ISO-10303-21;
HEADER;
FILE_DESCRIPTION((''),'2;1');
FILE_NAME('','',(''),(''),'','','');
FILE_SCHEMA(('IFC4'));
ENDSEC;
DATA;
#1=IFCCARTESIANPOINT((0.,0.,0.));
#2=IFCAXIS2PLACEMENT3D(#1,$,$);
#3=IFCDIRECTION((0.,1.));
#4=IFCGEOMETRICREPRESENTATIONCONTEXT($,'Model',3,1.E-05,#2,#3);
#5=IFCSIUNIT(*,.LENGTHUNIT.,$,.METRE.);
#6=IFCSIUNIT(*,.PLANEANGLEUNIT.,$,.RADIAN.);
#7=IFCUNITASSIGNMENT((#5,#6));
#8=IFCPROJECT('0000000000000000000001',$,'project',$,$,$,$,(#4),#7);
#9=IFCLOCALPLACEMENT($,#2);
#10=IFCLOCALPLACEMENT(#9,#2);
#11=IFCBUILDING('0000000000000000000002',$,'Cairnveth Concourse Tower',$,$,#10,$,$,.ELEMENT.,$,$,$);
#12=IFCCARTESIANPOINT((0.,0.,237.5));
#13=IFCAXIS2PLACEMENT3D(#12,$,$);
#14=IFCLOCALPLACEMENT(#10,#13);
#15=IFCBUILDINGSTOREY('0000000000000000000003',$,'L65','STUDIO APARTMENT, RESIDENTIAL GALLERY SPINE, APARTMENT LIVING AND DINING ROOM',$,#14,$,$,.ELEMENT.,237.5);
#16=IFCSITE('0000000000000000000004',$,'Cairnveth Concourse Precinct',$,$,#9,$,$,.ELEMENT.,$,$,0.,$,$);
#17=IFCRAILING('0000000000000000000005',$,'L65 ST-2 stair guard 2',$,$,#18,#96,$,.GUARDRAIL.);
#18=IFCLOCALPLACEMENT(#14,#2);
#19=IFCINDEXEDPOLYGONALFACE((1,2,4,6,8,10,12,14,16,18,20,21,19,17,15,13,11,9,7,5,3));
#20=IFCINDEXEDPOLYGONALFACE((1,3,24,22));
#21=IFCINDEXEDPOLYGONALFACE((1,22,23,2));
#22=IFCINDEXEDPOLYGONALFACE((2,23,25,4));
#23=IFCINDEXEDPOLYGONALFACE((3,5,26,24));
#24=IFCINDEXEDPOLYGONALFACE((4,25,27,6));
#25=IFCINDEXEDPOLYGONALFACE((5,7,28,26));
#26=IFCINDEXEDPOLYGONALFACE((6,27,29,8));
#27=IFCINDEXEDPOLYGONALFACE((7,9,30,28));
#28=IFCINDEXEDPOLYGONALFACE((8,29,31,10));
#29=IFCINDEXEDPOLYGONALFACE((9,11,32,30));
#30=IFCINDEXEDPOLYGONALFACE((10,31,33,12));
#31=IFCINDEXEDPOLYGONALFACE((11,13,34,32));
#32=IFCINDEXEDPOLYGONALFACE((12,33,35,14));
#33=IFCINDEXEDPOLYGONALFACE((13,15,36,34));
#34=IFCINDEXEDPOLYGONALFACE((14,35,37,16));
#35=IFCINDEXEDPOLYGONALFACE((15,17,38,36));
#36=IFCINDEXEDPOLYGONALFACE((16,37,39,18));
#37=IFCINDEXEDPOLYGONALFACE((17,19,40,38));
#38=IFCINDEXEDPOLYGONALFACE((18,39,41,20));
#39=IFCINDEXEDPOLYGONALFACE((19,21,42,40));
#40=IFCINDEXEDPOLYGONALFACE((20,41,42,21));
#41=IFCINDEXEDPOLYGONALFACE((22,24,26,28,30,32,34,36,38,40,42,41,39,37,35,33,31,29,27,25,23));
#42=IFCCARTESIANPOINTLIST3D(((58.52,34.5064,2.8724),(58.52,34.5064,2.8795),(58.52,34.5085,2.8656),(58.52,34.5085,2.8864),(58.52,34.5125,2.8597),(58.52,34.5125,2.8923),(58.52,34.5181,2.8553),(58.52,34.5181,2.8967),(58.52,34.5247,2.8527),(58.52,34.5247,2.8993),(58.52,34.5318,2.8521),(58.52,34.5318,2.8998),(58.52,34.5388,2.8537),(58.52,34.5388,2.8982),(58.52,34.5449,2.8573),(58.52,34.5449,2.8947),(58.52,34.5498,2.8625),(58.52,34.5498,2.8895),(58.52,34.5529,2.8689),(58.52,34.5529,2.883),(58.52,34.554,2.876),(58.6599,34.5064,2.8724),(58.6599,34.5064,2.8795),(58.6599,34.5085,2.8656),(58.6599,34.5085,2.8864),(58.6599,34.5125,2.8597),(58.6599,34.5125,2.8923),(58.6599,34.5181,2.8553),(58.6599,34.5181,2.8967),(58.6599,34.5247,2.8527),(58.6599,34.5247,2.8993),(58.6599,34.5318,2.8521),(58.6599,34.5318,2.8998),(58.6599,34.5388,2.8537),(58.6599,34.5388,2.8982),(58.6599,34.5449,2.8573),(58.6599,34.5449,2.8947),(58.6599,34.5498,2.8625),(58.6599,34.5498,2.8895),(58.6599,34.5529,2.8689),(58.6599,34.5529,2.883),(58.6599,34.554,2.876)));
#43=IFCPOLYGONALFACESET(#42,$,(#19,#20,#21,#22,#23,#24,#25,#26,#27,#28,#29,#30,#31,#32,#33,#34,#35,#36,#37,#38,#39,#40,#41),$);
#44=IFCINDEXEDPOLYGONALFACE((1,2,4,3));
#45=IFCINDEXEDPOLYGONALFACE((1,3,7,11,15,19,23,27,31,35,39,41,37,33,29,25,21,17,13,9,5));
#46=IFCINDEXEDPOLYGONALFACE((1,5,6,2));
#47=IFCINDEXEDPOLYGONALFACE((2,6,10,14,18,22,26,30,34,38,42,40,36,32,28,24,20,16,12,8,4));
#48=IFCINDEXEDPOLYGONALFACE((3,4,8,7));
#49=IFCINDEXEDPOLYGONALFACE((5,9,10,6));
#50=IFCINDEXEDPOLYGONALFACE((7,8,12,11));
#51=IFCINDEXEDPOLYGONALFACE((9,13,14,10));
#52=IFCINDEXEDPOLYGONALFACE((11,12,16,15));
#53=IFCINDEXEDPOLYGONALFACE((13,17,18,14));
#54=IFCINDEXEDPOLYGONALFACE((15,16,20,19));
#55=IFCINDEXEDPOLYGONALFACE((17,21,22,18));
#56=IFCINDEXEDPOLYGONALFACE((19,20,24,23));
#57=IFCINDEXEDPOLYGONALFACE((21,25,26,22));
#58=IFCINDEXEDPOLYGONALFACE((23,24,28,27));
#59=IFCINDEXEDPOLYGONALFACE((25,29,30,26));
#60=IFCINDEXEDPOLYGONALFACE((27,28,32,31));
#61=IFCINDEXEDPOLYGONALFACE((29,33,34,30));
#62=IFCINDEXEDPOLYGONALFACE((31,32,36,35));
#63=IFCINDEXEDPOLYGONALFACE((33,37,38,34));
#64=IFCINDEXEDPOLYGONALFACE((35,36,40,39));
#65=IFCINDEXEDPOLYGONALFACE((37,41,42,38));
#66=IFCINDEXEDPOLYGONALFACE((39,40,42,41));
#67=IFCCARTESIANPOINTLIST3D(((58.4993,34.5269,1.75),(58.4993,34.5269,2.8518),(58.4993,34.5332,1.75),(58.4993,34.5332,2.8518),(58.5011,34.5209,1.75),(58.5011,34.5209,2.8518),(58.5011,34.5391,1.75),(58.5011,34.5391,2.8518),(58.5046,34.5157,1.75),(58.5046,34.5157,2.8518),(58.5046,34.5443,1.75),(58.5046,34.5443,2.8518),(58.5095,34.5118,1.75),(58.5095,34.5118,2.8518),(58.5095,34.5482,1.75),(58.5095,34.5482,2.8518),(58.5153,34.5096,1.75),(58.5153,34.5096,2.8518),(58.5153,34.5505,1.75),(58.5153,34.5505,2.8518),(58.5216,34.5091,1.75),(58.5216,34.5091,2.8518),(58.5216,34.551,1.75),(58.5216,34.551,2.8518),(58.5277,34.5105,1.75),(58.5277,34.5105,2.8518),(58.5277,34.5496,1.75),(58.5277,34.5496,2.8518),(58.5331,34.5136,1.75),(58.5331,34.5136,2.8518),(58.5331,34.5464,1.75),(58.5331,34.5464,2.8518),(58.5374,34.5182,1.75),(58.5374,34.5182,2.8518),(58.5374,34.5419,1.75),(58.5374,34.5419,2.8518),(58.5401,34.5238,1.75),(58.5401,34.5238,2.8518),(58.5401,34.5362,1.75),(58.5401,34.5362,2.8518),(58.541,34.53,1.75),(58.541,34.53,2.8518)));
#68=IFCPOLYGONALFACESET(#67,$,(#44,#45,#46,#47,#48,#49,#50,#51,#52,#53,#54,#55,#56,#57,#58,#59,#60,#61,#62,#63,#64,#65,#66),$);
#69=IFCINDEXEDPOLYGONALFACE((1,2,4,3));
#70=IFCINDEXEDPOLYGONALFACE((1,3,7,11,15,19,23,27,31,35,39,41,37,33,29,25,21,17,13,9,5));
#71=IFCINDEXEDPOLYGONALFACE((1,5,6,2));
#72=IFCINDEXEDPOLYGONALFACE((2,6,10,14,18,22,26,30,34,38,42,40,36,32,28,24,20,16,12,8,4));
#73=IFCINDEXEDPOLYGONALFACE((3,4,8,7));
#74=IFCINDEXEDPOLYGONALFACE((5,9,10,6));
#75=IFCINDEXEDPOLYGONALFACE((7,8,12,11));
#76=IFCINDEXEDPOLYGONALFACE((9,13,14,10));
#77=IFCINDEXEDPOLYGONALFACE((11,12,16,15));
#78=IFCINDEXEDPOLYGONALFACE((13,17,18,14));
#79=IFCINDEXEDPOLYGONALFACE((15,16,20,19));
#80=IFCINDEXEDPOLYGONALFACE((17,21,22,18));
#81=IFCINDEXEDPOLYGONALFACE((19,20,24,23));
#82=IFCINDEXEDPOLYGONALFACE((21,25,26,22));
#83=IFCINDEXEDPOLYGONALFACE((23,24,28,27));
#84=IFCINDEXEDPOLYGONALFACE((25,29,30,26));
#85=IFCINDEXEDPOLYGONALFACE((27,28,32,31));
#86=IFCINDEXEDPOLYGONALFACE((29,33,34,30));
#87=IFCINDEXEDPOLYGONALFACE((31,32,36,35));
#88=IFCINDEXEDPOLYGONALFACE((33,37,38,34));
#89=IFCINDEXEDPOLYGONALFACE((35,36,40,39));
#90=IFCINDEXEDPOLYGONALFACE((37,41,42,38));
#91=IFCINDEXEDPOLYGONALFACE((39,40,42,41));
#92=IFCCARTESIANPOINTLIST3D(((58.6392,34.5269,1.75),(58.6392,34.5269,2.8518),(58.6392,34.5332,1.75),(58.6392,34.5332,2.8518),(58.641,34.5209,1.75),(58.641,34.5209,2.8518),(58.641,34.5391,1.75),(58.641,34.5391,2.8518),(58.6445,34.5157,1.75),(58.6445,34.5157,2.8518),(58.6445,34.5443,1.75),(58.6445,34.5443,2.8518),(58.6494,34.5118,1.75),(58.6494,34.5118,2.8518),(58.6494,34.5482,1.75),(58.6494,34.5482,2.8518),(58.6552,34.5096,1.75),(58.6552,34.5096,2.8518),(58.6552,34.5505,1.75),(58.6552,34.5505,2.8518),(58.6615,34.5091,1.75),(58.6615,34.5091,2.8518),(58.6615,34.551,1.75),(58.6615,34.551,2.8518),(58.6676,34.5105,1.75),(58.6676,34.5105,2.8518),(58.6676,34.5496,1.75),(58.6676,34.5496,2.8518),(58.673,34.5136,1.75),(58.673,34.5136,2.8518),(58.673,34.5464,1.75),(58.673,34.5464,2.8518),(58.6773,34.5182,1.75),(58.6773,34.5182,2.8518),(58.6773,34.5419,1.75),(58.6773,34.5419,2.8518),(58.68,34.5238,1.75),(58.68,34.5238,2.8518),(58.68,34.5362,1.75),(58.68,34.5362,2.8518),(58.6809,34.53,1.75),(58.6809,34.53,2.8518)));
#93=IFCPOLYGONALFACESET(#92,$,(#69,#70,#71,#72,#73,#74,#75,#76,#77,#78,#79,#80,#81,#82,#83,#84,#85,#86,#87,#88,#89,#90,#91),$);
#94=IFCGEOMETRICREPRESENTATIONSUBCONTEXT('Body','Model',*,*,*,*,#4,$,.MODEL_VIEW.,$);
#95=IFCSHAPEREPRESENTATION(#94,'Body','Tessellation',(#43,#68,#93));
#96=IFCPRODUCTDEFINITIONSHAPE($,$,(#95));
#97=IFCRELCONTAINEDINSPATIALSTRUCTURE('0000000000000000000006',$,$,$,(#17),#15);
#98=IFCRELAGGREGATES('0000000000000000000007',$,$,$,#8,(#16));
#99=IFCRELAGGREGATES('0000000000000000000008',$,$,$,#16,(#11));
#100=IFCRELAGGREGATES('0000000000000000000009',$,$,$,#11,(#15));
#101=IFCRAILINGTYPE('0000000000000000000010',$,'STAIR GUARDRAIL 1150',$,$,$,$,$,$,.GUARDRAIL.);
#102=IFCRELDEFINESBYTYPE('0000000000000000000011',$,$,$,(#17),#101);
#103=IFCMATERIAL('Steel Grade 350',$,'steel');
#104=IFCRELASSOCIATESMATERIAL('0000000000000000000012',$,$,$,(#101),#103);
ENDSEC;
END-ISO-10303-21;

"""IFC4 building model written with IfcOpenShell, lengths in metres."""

from ifc_helpers import new_model, si_unit, direction, frame, origin, origin_2d, place, context, subcontext, project, spatial, circle, extrude, material, type_object, element, save


model = new_model("IFC4")

# Units and contexts
model_context = context("Model", 3, precision=1e-05, world=origin(), true_north=direction((0.0, 1.0)))
body_context = subcontext(model_context, "Body", "Model", "MODEL_VIEW")
ifc_project = project(units=[si_unit("LENGTHUNIT", "METRE"), si_unit("PLANEANGLEUNIT", "RADIAN")], contexts=[model_context])

# Site, building, storey
site_placement = place(None, origin())
site = spatial("IfcSite", under=ifc_project, at=site_placement, Name="Cairnveth Concourse Precinct", CompositionType="ELEMENT", RefElevation=0.0)
building_placement = place(site_placement, origin())
building = spatial("IfcBuilding", under=site, at=building_placement, Name="Cairnveth Concourse Tower", CompositionType="ELEMENT")
storey_placement = place(building_placement, frame((0.0, 0.0, 237.5)))
storey = spatial("IfcBuildingStorey", under=building, at=storey_placement, Name="L65", Description="STUDIO APARTMENT, RESIDENTIAL GALLERY SPINE, APARTMENT LIVING AND DINING ROOM", CompositionType="ELEMENT", Elevation=237.5)

# Shared definitions
ifc_material_1 = material(Name="Steel Grade 350", Category="steel")

# Railing
railing_type_1 = type_object("IfcRailingType", Name="STAIR GUARDRAIL 1150", PredefinedType="GUARDRAIL", material=ifc_material_1)
railing_1_placement = place(storey_placement, frame((58.52, 34.53, 1.75)))
element("IfcRailing", 1, at=railing_1_placement, inside=storey, type_object=railing_type_1, Name="L65 ST-2 stair guard 2", PredefinedType="GUARDRAIL", context=body_context, shape_type="SweptSolid", body=[
    extrude(circle(Radius=0.0239, at=origin_2d()), frame((0.0, 0.0, 1.126), z_axis=(1.0, 0.0, 0.0), x_axis=(0.0, 1.0, 0.0)), (0.0, 0.0, 1.0), 0.1399),
    extrude(circle(Radius=0.021, at=origin_2d()), origin(), (0.0, 0.0, 1.0), 1.1018),
    extrude(circle(Radius=0.021, at=origin_2d()), frame((0.1399, 0.0, 0.0)), (0.0, 0.0, 1.0), 1.1018),
])

save(model, "model.ifc")
